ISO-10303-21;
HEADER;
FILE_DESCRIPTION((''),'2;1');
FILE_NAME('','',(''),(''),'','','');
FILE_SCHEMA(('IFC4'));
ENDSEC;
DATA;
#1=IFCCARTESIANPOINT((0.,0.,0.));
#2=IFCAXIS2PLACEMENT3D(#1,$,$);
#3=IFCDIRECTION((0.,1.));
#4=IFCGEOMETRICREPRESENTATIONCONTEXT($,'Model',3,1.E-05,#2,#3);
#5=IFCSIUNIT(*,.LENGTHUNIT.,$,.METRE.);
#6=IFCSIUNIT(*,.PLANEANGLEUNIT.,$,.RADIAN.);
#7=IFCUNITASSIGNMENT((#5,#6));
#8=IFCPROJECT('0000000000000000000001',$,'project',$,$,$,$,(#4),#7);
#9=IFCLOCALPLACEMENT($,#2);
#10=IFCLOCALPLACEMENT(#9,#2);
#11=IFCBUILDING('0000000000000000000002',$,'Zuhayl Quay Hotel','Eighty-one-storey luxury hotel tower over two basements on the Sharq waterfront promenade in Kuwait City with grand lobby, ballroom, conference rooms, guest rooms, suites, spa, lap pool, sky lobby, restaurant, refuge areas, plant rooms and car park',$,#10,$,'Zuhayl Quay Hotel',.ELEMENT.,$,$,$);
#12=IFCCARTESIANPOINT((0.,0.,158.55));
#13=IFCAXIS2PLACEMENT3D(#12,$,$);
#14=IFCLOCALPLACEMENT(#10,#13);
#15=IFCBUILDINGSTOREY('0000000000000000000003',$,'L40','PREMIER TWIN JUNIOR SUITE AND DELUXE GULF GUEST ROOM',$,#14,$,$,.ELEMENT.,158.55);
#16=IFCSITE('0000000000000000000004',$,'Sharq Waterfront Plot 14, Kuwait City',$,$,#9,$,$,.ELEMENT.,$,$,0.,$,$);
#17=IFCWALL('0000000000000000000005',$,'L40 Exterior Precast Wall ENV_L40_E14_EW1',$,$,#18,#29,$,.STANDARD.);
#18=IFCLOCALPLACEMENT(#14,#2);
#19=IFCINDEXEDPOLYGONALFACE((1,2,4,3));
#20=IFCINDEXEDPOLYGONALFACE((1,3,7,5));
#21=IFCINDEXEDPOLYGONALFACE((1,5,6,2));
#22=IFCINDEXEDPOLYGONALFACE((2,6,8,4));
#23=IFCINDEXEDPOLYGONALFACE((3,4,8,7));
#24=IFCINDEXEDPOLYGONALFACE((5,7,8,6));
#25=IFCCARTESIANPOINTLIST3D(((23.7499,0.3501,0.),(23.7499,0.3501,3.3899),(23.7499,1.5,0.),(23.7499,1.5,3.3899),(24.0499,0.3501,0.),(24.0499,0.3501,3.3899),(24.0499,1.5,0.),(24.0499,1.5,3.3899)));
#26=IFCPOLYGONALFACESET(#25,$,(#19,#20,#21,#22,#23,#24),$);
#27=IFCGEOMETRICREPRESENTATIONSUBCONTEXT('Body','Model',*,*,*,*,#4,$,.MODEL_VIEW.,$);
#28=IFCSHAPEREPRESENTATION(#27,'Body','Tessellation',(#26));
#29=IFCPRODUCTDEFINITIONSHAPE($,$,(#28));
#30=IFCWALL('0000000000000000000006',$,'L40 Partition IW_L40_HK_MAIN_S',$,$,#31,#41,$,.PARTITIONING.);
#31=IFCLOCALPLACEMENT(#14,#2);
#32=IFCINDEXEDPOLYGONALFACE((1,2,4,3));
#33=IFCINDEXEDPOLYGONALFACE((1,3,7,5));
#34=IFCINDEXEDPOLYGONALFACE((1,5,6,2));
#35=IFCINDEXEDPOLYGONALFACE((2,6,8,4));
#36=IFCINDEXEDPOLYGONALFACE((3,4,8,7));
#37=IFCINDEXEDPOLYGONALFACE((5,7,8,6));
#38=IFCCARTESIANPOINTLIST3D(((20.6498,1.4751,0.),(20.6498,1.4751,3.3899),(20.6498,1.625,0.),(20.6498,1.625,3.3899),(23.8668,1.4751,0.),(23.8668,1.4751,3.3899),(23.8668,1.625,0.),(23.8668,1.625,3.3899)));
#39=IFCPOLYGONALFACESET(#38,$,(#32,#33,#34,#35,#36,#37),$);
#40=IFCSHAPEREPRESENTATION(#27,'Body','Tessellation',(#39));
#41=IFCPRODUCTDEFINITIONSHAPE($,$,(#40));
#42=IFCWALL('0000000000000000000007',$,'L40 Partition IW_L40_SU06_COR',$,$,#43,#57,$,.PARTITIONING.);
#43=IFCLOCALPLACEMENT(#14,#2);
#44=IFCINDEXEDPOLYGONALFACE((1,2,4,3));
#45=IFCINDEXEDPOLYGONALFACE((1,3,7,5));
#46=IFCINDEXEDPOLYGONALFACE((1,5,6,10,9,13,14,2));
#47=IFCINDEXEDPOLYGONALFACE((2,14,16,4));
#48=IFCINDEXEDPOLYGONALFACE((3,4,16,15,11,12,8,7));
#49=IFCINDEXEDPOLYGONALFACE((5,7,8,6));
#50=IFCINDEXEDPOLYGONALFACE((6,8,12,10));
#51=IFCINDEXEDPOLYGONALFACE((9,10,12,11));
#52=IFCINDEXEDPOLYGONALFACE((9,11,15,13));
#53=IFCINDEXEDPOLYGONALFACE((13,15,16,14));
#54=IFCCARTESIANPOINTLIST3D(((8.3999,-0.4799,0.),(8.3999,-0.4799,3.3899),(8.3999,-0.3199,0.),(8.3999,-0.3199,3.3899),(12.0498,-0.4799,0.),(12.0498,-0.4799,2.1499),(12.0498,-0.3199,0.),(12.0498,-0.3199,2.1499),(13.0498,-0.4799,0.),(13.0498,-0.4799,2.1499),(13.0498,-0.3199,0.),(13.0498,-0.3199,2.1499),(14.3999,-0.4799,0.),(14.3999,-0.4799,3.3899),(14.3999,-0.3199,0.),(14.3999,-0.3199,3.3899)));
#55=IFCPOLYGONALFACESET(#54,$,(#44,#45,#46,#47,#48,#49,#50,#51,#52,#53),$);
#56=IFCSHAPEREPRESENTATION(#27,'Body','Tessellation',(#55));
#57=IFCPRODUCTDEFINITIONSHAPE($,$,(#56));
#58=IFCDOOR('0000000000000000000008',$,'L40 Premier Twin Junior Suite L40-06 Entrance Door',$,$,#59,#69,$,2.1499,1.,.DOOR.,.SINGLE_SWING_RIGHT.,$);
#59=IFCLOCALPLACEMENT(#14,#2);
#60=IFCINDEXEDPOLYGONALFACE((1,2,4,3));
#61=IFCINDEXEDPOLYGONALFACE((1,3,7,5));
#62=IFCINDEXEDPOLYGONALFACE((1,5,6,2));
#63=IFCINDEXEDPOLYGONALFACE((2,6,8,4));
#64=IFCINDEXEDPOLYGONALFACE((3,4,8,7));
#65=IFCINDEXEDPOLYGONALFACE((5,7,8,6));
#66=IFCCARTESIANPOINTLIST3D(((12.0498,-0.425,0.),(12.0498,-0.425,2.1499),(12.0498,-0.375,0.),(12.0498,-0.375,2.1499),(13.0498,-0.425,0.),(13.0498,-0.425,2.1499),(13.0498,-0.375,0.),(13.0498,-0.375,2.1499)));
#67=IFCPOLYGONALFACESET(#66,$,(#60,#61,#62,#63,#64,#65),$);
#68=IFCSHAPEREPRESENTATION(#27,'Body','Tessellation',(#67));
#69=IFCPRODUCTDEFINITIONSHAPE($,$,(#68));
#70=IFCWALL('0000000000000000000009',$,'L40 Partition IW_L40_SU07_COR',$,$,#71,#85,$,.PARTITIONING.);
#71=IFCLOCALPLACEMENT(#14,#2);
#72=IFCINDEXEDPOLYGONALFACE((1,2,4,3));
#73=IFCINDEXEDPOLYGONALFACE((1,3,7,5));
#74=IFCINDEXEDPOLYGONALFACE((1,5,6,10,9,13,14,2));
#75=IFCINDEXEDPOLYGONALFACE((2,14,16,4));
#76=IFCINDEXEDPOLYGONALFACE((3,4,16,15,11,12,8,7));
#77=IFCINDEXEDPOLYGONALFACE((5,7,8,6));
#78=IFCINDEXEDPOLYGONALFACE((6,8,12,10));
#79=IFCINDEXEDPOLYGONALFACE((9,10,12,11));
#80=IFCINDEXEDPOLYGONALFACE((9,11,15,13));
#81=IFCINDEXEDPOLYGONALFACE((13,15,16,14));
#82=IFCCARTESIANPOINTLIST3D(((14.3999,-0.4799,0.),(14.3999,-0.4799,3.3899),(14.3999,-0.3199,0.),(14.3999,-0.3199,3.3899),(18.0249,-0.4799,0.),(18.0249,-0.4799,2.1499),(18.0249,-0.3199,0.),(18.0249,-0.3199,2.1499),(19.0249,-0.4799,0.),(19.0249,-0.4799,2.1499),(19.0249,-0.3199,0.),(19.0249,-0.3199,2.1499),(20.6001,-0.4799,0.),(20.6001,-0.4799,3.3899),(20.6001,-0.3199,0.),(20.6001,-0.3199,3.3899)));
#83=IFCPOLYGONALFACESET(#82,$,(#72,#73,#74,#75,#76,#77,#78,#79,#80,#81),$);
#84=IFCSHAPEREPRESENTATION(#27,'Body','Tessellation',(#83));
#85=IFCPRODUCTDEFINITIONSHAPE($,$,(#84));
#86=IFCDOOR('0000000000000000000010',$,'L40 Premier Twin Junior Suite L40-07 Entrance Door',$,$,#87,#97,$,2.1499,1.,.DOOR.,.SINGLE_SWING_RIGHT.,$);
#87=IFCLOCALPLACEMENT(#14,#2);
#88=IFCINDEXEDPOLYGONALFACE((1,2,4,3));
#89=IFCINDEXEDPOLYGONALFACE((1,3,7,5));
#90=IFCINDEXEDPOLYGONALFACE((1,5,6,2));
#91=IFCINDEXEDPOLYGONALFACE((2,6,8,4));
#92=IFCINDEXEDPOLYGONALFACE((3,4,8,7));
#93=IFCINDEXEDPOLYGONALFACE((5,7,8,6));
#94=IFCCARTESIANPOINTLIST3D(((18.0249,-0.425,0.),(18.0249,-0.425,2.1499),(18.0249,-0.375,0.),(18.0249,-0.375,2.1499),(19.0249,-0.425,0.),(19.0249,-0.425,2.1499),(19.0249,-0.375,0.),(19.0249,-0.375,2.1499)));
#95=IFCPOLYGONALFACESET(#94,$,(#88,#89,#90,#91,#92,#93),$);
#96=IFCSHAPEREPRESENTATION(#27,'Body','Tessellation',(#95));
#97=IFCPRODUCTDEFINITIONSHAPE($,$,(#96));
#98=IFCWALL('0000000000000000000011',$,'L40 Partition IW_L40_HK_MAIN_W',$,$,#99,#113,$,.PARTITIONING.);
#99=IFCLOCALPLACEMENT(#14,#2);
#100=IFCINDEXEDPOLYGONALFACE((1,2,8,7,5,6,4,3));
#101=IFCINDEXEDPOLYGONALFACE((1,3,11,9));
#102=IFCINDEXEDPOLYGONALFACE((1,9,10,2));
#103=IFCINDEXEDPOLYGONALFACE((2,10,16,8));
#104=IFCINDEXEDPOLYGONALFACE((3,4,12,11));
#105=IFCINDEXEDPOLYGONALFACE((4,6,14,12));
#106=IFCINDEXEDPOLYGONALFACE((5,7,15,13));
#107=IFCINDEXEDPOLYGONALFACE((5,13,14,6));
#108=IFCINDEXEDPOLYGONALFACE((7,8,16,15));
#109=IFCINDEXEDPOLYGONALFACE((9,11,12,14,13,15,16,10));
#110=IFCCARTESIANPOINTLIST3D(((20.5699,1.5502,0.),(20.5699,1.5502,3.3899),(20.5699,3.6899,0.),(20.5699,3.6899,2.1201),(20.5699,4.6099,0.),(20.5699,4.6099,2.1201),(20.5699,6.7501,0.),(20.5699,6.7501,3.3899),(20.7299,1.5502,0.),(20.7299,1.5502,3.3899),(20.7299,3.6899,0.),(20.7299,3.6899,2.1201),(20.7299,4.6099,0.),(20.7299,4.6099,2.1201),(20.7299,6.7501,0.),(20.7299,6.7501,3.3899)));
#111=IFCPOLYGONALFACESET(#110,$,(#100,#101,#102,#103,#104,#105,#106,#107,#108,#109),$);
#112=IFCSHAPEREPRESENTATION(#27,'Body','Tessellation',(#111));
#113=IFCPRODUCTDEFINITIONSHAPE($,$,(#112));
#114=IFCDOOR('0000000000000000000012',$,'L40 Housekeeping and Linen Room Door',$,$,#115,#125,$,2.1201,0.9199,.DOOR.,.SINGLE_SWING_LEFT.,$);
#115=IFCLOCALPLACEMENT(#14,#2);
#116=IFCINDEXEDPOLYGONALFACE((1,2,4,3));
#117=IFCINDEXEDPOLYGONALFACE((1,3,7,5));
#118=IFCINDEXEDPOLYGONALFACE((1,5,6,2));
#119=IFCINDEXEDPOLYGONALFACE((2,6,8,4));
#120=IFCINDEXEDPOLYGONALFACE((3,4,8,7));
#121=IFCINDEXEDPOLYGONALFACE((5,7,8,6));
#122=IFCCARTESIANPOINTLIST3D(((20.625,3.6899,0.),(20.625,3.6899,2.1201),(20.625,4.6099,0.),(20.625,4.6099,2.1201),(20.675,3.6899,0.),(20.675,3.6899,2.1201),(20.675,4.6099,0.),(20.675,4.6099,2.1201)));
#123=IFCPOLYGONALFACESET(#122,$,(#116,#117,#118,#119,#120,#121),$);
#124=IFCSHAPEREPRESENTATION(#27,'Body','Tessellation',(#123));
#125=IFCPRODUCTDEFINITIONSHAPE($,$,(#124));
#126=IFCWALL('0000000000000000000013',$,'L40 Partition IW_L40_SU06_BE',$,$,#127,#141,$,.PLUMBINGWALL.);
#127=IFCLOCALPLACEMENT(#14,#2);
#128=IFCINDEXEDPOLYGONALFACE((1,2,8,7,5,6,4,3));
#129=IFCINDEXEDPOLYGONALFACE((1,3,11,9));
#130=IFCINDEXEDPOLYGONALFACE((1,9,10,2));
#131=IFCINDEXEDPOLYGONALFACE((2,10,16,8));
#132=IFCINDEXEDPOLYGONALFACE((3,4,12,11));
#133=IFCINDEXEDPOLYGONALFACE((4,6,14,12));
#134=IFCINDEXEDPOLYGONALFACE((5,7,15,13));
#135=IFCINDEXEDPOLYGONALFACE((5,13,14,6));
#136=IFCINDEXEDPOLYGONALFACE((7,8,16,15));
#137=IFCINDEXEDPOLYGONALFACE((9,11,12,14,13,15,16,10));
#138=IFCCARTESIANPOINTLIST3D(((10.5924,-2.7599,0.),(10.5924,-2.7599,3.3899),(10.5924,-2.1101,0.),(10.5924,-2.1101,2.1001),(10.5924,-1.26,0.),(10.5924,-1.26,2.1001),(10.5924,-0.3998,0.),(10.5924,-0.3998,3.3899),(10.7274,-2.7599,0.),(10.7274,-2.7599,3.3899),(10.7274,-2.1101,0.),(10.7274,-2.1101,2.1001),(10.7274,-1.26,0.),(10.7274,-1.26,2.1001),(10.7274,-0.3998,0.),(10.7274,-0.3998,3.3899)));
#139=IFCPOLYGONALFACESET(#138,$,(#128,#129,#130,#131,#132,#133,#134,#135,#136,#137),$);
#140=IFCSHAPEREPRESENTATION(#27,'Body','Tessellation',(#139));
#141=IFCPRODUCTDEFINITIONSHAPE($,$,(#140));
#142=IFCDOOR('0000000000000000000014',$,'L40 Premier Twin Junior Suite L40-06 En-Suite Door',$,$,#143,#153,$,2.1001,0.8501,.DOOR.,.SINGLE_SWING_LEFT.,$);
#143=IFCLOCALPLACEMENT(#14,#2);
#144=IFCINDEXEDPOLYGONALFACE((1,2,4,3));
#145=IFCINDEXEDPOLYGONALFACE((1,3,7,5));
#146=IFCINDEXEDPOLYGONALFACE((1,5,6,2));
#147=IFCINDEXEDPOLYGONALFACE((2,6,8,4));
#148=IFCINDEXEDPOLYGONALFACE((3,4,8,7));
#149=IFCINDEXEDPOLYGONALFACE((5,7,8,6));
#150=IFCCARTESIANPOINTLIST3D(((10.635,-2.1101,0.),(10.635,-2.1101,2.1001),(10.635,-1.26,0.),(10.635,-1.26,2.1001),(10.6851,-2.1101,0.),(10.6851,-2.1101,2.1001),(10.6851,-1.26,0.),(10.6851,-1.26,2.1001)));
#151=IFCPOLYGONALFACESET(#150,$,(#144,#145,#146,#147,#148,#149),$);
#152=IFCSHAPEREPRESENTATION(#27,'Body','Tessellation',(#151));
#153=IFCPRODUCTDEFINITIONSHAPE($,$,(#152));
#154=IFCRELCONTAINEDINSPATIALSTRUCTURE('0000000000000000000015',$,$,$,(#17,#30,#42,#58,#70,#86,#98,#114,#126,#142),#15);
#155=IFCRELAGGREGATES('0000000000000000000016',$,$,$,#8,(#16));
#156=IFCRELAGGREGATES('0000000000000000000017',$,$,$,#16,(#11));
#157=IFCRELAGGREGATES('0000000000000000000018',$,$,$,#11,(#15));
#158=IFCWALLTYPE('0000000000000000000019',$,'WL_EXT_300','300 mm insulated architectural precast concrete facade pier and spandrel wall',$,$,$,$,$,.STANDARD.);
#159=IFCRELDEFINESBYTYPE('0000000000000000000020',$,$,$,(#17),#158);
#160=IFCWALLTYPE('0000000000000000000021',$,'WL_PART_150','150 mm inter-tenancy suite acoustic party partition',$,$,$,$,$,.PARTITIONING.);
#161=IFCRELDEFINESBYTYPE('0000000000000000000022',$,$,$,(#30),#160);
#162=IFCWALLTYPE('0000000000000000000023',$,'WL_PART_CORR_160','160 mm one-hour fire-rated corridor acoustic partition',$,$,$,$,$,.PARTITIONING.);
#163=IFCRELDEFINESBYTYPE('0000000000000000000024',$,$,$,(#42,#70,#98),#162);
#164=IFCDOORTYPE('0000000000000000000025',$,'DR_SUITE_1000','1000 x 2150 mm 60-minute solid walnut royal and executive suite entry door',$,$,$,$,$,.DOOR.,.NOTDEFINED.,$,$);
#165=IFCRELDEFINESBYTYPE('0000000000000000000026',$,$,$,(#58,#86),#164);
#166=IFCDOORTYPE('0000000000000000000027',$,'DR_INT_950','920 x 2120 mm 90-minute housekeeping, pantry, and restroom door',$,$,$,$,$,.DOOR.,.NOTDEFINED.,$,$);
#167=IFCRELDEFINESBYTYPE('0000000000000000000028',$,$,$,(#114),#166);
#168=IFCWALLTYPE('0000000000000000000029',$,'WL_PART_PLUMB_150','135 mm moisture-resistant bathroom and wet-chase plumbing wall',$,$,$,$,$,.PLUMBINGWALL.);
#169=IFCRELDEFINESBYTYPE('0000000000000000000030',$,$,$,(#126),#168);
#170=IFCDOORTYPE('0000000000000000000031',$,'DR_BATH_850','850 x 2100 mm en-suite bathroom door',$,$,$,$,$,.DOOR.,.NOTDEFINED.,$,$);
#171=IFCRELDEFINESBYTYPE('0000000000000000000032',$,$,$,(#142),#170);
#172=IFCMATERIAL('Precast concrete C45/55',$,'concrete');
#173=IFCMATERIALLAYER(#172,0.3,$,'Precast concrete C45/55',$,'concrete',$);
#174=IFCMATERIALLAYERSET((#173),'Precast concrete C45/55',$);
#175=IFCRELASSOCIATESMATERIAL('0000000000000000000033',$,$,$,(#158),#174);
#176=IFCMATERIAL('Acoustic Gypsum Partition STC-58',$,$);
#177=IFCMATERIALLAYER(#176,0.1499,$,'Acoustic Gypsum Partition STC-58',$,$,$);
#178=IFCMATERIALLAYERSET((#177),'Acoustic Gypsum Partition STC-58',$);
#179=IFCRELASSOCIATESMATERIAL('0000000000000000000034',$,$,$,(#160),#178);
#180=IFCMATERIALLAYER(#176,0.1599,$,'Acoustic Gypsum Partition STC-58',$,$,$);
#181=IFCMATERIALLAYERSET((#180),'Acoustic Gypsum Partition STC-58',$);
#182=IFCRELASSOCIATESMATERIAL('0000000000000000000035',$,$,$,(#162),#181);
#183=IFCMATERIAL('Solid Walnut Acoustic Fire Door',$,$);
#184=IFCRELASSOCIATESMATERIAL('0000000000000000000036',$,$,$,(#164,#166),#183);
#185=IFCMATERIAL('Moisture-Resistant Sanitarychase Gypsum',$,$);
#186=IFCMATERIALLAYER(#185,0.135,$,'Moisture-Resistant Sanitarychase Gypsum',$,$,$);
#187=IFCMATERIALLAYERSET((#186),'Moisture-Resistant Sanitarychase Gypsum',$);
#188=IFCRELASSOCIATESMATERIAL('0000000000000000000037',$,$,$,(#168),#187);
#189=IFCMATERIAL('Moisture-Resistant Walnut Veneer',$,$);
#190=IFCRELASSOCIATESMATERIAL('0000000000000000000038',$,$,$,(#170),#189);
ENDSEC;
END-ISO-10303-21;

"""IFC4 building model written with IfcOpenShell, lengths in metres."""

from ifc_helpers import new_model, si_unit, direction, frame, frame_2d, origin, place, context, subcontext, project, spatial, rectangle, extrude, material, layer, layer_set, type_object, element, fill, save


model = new_model("IFC4")

# Units and contexts
model_context = context("Model", 3, precision=1e-05, world=origin(), true_north=direction((0.0, 1.0)))
body_context = subcontext(model_context, "Body", "Model", "MODEL_VIEW")
ifc_project = project(units=[si_unit("LENGTHUNIT", "METRE"), si_unit("PLANEANGLEUNIT", "RADIAN")], contexts=[model_context])

# Site, building, storey
site_placement = place(None, origin())
site = spatial("IfcSite", under=ifc_project, at=site_placement, Name="Sharq Waterfront Plot 14, Kuwait City", CompositionType="ELEMENT", RefElevation=0.0)
building_placement = place(site_placement, origin())
building = spatial("IfcBuilding", under=site, at=building_placement, Name="Zuhayl Quay Hotel", Description="Eighty-one-storey luxury hotel tower over two basements on the Sharq waterfront promenade in Kuwait City with grand lobby, ballroom, conference rooms, guest rooms, suites, spa, lap pool, sky lobby, restaurant, refuge areas, plant rooms and car park", LongName="Zuhayl Quay Hotel", CompositionType="ELEMENT")
storey_placement = place(building_placement, frame((0.0, 0.0, 158.55)))
storey = spatial("IfcBuildingStorey", under=building, at=storey_placement, Name="L40", Description="PREMIER TWIN JUNIOR SUITE AND DELUXE GULF GUEST ROOM", CompositionType="ELEMENT", Elevation=158.55)

# Walls
ifc_material_1 = material(Name="Precast concrete C45/55", Category="concrete")
ifc_layer_1 = layer(ifc_material_1, 0.3, Name="Precast concrete C45/55", Category="concrete")
ifc_layer_set_1 = layer_set([ifc_layer_1], Name="Precast concrete C45/55")
wall_type_1 = type_object("IfcWallType", Name="WL_EXT_300", Description="300 mm insulated architectural precast concrete facade pier and spandrel wall", PredefinedType="STANDARD", material=ifc_layer_set_1)
wall_1_placement = place(storey_placement, frame((23.8999, 1.5, 0.0), z_axis=(0.0, 0.0, 1.0), x_axis=(0.0, -1.0, 0.0)))
element("IfcWall", 1, at=wall_1_placement, inside=storey, type_object=wall_type_1, Name="L40 Exterior Precast Wall ENV_L40_E14_EW1", PredefinedType="STANDARD", context=body_context, shape_type="SweptSolid", body=[
    extrude(rectangle(XDim=1.1499, YDim=0.3, at=frame_2d((0.575, 0.0))), origin(), (0.0, 0.0, 1.0), 3.3899),
])
ifc_material_2 = material(Name="Acoustic Gypsum Partition STC-58")
ifc_layer_2 = layer(ifc_material_2, 0.1499, Name="Acoustic Gypsum Partition STC-58")
ifc_layer_set_2 = layer_set([ifc_layer_2], Name="Acoustic Gypsum Partition STC-58")
wall_type_2 = type_object("IfcWallType", Name="WL_PART_150", Description="150 mm inter-tenancy suite acoustic party partition", PredefinedType="PARTITIONING", material=ifc_layer_set_2)
wall_2_placement = place(storey_placement, frame((20.6499, 1.55, 0.0), z_axis=(0.0, 0.0, 1.0), x_axis=(1.0, 0.0, 0.0)))
element("IfcWall", 2, at=wall_2_placement, inside=storey, type_object=wall_type_2, Name="L40 Partition IW_L40_HK_MAIN_S", PredefinedType="PARTITIONING", context=body_context, shape_type="SweptSolid", body=[
    extrude(rectangle(XDim=3.217, YDim=0.1499, at=frame_2d((1.6084, 0.0))), origin(), (0.0, 0.0, 1.0), 3.3899),
])

# Walls, openings, doors
ifc_layer_3 = layer(ifc_material_2, 0.1599, Name="Acoustic Gypsum Partition STC-58")
ifc_layer_set_3 = layer_set([ifc_layer_3], Name="Acoustic Gypsum Partition STC-58")
wall_type_3 = type_object("IfcWallType", Name="WL_PART_CORR_160", Description="160 mm one-hour fire-rated corridor acoustic partition", PredefinedType="PARTITIONING", material=ifc_layer_set_3)
wall_3_placement = place(storey_placement, frame((8.3999, -0.3999, 0.0), z_axis=(0.0, 0.0, 1.0), x_axis=(1.0, 0.0, 0.0)))
wall_3 = element("IfcWall", 3, at=wall_3_placement, inside=storey, type_object=wall_type_3, Name="L40 Partition IW_L40_SU06_COR", PredefinedType="PARTITIONING", context=body_context, shape_type="SweptSolid", body=[
    extrude(rectangle(XDim=6.0, YDim=0.1599, at=frame_2d((3.0, 0.0))), origin(), (0.0, 0.0, 1.0), 3.3899),
])
opening_1_placement = place(wall_3_placement, frame((3.6499, 0.0, 0.0)))
opening_1 = element("IfcOpeningElement", 4, at=opening_1_placement, cuts=wall_3, PredefinedType="OPENING", context=body_context, shape_type="SweptSolid", body=[
    extrude(rectangle(XDim=1.0, YDim=2.1499, at=frame_2d((0.5, 1.075))), frame((0.0, 0.0898, 0.0), z_axis=(0.0, -1.0, 0.0), x_axis=(1.0, 0.0, 0.0)), (0.0, 0.0, 1.0), 0.1799),
])
ifc_material_3 = material(Name="Solid Walnut Acoustic Fire Door")
door_type_1 = type_object("IfcDoorType", Name="DR_SUITE_1000", Description="1000 x 2150 mm 60-minute solid walnut royal and executive suite entry door", OperationType="NOTDEFINED", PredefinedType="DOOR", material=ifc_material_3)
door_1_placement = place(opening_1_placement, origin())
door_1 = element("IfcDoor", 5, at=door_1_placement, inside=storey, type_object=door_type_1, Name="L40 Premier Twin Junior Suite L40-06 Entrance Door", OperationType="SINGLE_SWING_RIGHT", OverallHeight=2.1499, OverallWidth=1.0, PredefinedType="DOOR", context=body_context, shape_type="SweptSolid", body=[
    extrude(rectangle(XDim=1.0, YDim=2.1499, at=frame_2d((0.5, 1.075))), frame((0.0, 0.0249, 0.0), z_axis=(0.0, -1.0, 0.0), x_axis=(1.0, 0.0, 0.0)), (0.0, 0.0, 1.0), 0.05),
])
fill(opening_1, door_1)
wall_4_placement = place(storey_placement, frame((14.3999, -0.3999, 0.0), z_axis=(0.0, 0.0, 1.0), x_axis=(1.0, 0.0, 0.0)))
wall_4 = element("IfcWall", 6, at=wall_4_placement, inside=storey, type_object=wall_type_3, Name="L40 Partition IW_L40_SU07_COR", PredefinedType="PARTITIONING", context=body_context, shape_type="SweptSolid", body=[
    extrude(rectangle(XDim=6.2002, YDim=0.1599, at=frame_2d((3.1001, 0.0))), origin(), (0.0, 0.0, 1.0), 3.3899),
])
opening_2_placement = place(wall_4_placement, frame((3.625, 0.0, 0.0)))
opening_2 = element("IfcOpeningElement", 7, at=opening_2_placement, cuts=wall_4, PredefinedType="OPENING", context=body_context, shape_type="SweptSolid", body=[
    extrude(rectangle(XDim=1.0, YDim=2.1499, at=frame_2d((0.5, 1.075))), frame((0.0, 0.0898, 0.0), z_axis=(0.0, -1.0, 0.0), x_axis=(1.0, 0.0, 0.0)), (0.0, 0.0, 1.0), 0.1799),
])
door_2_placement = place(opening_2_placement, origin())
door_2 = element("IfcDoor", 8, at=door_2_placement, inside=storey, type_object=door_type_1, Name="L40 Premier Twin Junior Suite L40-07 Entrance Door", OperationType="SINGLE_SWING_RIGHT", OverallHeight=2.1499, OverallWidth=1.0, PredefinedType="DOOR", context=body_context, shape_type="SweptSolid", body=[
    extrude(rectangle(XDim=1.0, YDim=2.1499, at=frame_2d((0.5, 1.075))), frame((0.0, 0.0249, 0.0), z_axis=(0.0, -1.0, 0.0), x_axis=(1.0, 0.0, 0.0)), (0.0, 0.0, 1.0), 0.05),
])
fill(opening_2, door_2)
wall_5_placement = place(storey_placement, frame((20.6499, 1.55, 0.0), z_axis=(0.0, 0.0, 1.0), x_axis=(0.0, 1.0, 0.0)))
wall_5 = element("IfcWall", 9, at=wall_5_placement, inside=storey, type_object=wall_type_3, Name="L40 Partition IW_L40_HK_MAIN_W", PredefinedType="PARTITIONING", context=body_context, shape_type="SweptSolid", body=[
    extrude(rectangle(XDim=5.2, YDim=0.1599, at=frame_2d((2.6001, 0.0))), origin(), (0.0, 0.0, 1.0), 3.3899),
])
opening_3_placement = place(wall_5_placement, frame((2.1399, 0.0, 0.0)))
opening_3 = element("IfcOpeningElement", 10, at=opening_3_placement, cuts=wall_5, PredefinedType="OPENING", context=body_context, shape_type="SweptSolid", body=[
    extrude(rectangle(XDim=0.9199, YDim=2.1201, at=frame_2d((0.46, 1.0601))), frame((0.0, 0.0898, 0.0), z_axis=(0.0, -1.0, 0.0), x_axis=(1.0, 0.0, 0.0)), (0.0, 0.0, 1.0), 0.1799),
])
door_type_2 = type_object("IfcDoorType", Name="DR_INT_950", Description="920 x 2120 mm 90-minute housekeeping, pantry, and restroom door", OperationType="NOTDEFINED", PredefinedType="DOOR", material=ifc_material_3)
door_3_placement = place(opening_3_placement, origin())
door_3 = element("IfcDoor", 11, at=door_3_placement, inside=storey, type_object=door_type_2, Name="L40 Housekeeping and Linen Room Door", OperationType="SINGLE_SWING_LEFT", OverallHeight=2.1201, OverallWidth=0.9199, PredefinedType="DOOR", context=body_context, shape_type="SweptSolid", body=[
    extrude(rectangle(XDim=0.9199, YDim=2.1201, at=frame_2d((0.46, 1.0601))), frame((0.0, 0.0249, 0.0), z_axis=(0.0, -1.0, 0.0), x_axis=(1.0, 0.0, 0.0)), (0.0, 0.0, 1.0), 0.05),
])
fill(opening_3, door_3)
ifc_material_4 = material(Name="Moisture-Resistant Sanitarychase Gypsum")
ifc_layer_4 = layer(ifc_material_4, 0.135, Name="Moisture-Resistant Sanitarychase Gypsum")
ifc_layer_set_4 = layer_set([ifc_layer_4], Name="Moisture-Resistant Sanitarychase Gypsum")
wall_type_4 = type_object("IfcWallType", Name="WL_PART_PLUMB_150", Description="135 mm moisture-resistant bathroom and wet-chase plumbing wall", PredefinedType="PLUMBINGWALL", material=ifc_layer_set_4)
wall_6_placement = place(storey_placement, frame((10.6599, -2.76, 0.0), z_axis=(0.0, 0.0, 1.0), x_axis=(0.0, 1.0, 0.0)))
wall_6 = element("IfcWall", 12, at=wall_6_placement, inside=storey, type_object=wall_type_4, Name="L40 Partition IW_L40_SU06_BE", PredefinedType="PLUMBINGWALL", context=body_context, shape_type="SweptSolid", body=[
    extrude(rectangle(XDim=2.3601, YDim=0.135, at=frame_2d((1.1802, 0.0))), origin(), (0.0, 0.0, 1.0), 3.3899),
])
opening_4_placement = place(wall_6_placement, frame((0.6499, 0.0, 0.0)))
opening_4 = element("IfcOpeningElement", 13, at=opening_4_placement, cuts=wall_6, PredefinedType="OPENING", context=body_context, shape_type="SweptSolid", body=[
    extrude(rectangle(XDim=0.8501, YDim=2.1001, at=frame_2d((0.425, 1.05))), frame((0.0, 0.0774, 0.0), z_axis=(0.0, -1.0, 0.0), x_axis=(1.0, 0.0, 0.0)), (0.0, 0.0, 1.0), 0.155),
])
ifc_material_5 = material(Name="Moisture-Resistant Walnut Veneer")
door_type_3 = type_object("IfcDoorType", Name="DR_BATH_850", Description="850 x 2100 mm en-suite bathroom door", OperationType="NOTDEFINED", PredefinedType="DOOR", material=ifc_material_5)
door_4_placement = place(opening_4_placement, origin())
door_4 = element("IfcDoor", 14, at=door_4_placement, inside=storey, type_object=door_type_3, Name="L40 Premier Twin Junior Suite L40-06 En-Suite Door", OperationType="SINGLE_SWING_LEFT", OverallHeight=2.1001, OverallWidth=0.8501, PredefinedType="DOOR", context=body_context, shape_type="SweptSolid", body=[
    extrude(rectangle(XDim=0.8501, YDim=2.1001, at=frame_2d((0.425, 1.05))), frame((0.0, 0.0249, 0.0), z_axis=(0.0, -1.0, 0.0), x_axis=(1.0, 0.0, 0.0)), (0.0, 0.0, 1.0), 0.05),
])
fill(opening_4, door_4)

save(model, "model.ifc")
